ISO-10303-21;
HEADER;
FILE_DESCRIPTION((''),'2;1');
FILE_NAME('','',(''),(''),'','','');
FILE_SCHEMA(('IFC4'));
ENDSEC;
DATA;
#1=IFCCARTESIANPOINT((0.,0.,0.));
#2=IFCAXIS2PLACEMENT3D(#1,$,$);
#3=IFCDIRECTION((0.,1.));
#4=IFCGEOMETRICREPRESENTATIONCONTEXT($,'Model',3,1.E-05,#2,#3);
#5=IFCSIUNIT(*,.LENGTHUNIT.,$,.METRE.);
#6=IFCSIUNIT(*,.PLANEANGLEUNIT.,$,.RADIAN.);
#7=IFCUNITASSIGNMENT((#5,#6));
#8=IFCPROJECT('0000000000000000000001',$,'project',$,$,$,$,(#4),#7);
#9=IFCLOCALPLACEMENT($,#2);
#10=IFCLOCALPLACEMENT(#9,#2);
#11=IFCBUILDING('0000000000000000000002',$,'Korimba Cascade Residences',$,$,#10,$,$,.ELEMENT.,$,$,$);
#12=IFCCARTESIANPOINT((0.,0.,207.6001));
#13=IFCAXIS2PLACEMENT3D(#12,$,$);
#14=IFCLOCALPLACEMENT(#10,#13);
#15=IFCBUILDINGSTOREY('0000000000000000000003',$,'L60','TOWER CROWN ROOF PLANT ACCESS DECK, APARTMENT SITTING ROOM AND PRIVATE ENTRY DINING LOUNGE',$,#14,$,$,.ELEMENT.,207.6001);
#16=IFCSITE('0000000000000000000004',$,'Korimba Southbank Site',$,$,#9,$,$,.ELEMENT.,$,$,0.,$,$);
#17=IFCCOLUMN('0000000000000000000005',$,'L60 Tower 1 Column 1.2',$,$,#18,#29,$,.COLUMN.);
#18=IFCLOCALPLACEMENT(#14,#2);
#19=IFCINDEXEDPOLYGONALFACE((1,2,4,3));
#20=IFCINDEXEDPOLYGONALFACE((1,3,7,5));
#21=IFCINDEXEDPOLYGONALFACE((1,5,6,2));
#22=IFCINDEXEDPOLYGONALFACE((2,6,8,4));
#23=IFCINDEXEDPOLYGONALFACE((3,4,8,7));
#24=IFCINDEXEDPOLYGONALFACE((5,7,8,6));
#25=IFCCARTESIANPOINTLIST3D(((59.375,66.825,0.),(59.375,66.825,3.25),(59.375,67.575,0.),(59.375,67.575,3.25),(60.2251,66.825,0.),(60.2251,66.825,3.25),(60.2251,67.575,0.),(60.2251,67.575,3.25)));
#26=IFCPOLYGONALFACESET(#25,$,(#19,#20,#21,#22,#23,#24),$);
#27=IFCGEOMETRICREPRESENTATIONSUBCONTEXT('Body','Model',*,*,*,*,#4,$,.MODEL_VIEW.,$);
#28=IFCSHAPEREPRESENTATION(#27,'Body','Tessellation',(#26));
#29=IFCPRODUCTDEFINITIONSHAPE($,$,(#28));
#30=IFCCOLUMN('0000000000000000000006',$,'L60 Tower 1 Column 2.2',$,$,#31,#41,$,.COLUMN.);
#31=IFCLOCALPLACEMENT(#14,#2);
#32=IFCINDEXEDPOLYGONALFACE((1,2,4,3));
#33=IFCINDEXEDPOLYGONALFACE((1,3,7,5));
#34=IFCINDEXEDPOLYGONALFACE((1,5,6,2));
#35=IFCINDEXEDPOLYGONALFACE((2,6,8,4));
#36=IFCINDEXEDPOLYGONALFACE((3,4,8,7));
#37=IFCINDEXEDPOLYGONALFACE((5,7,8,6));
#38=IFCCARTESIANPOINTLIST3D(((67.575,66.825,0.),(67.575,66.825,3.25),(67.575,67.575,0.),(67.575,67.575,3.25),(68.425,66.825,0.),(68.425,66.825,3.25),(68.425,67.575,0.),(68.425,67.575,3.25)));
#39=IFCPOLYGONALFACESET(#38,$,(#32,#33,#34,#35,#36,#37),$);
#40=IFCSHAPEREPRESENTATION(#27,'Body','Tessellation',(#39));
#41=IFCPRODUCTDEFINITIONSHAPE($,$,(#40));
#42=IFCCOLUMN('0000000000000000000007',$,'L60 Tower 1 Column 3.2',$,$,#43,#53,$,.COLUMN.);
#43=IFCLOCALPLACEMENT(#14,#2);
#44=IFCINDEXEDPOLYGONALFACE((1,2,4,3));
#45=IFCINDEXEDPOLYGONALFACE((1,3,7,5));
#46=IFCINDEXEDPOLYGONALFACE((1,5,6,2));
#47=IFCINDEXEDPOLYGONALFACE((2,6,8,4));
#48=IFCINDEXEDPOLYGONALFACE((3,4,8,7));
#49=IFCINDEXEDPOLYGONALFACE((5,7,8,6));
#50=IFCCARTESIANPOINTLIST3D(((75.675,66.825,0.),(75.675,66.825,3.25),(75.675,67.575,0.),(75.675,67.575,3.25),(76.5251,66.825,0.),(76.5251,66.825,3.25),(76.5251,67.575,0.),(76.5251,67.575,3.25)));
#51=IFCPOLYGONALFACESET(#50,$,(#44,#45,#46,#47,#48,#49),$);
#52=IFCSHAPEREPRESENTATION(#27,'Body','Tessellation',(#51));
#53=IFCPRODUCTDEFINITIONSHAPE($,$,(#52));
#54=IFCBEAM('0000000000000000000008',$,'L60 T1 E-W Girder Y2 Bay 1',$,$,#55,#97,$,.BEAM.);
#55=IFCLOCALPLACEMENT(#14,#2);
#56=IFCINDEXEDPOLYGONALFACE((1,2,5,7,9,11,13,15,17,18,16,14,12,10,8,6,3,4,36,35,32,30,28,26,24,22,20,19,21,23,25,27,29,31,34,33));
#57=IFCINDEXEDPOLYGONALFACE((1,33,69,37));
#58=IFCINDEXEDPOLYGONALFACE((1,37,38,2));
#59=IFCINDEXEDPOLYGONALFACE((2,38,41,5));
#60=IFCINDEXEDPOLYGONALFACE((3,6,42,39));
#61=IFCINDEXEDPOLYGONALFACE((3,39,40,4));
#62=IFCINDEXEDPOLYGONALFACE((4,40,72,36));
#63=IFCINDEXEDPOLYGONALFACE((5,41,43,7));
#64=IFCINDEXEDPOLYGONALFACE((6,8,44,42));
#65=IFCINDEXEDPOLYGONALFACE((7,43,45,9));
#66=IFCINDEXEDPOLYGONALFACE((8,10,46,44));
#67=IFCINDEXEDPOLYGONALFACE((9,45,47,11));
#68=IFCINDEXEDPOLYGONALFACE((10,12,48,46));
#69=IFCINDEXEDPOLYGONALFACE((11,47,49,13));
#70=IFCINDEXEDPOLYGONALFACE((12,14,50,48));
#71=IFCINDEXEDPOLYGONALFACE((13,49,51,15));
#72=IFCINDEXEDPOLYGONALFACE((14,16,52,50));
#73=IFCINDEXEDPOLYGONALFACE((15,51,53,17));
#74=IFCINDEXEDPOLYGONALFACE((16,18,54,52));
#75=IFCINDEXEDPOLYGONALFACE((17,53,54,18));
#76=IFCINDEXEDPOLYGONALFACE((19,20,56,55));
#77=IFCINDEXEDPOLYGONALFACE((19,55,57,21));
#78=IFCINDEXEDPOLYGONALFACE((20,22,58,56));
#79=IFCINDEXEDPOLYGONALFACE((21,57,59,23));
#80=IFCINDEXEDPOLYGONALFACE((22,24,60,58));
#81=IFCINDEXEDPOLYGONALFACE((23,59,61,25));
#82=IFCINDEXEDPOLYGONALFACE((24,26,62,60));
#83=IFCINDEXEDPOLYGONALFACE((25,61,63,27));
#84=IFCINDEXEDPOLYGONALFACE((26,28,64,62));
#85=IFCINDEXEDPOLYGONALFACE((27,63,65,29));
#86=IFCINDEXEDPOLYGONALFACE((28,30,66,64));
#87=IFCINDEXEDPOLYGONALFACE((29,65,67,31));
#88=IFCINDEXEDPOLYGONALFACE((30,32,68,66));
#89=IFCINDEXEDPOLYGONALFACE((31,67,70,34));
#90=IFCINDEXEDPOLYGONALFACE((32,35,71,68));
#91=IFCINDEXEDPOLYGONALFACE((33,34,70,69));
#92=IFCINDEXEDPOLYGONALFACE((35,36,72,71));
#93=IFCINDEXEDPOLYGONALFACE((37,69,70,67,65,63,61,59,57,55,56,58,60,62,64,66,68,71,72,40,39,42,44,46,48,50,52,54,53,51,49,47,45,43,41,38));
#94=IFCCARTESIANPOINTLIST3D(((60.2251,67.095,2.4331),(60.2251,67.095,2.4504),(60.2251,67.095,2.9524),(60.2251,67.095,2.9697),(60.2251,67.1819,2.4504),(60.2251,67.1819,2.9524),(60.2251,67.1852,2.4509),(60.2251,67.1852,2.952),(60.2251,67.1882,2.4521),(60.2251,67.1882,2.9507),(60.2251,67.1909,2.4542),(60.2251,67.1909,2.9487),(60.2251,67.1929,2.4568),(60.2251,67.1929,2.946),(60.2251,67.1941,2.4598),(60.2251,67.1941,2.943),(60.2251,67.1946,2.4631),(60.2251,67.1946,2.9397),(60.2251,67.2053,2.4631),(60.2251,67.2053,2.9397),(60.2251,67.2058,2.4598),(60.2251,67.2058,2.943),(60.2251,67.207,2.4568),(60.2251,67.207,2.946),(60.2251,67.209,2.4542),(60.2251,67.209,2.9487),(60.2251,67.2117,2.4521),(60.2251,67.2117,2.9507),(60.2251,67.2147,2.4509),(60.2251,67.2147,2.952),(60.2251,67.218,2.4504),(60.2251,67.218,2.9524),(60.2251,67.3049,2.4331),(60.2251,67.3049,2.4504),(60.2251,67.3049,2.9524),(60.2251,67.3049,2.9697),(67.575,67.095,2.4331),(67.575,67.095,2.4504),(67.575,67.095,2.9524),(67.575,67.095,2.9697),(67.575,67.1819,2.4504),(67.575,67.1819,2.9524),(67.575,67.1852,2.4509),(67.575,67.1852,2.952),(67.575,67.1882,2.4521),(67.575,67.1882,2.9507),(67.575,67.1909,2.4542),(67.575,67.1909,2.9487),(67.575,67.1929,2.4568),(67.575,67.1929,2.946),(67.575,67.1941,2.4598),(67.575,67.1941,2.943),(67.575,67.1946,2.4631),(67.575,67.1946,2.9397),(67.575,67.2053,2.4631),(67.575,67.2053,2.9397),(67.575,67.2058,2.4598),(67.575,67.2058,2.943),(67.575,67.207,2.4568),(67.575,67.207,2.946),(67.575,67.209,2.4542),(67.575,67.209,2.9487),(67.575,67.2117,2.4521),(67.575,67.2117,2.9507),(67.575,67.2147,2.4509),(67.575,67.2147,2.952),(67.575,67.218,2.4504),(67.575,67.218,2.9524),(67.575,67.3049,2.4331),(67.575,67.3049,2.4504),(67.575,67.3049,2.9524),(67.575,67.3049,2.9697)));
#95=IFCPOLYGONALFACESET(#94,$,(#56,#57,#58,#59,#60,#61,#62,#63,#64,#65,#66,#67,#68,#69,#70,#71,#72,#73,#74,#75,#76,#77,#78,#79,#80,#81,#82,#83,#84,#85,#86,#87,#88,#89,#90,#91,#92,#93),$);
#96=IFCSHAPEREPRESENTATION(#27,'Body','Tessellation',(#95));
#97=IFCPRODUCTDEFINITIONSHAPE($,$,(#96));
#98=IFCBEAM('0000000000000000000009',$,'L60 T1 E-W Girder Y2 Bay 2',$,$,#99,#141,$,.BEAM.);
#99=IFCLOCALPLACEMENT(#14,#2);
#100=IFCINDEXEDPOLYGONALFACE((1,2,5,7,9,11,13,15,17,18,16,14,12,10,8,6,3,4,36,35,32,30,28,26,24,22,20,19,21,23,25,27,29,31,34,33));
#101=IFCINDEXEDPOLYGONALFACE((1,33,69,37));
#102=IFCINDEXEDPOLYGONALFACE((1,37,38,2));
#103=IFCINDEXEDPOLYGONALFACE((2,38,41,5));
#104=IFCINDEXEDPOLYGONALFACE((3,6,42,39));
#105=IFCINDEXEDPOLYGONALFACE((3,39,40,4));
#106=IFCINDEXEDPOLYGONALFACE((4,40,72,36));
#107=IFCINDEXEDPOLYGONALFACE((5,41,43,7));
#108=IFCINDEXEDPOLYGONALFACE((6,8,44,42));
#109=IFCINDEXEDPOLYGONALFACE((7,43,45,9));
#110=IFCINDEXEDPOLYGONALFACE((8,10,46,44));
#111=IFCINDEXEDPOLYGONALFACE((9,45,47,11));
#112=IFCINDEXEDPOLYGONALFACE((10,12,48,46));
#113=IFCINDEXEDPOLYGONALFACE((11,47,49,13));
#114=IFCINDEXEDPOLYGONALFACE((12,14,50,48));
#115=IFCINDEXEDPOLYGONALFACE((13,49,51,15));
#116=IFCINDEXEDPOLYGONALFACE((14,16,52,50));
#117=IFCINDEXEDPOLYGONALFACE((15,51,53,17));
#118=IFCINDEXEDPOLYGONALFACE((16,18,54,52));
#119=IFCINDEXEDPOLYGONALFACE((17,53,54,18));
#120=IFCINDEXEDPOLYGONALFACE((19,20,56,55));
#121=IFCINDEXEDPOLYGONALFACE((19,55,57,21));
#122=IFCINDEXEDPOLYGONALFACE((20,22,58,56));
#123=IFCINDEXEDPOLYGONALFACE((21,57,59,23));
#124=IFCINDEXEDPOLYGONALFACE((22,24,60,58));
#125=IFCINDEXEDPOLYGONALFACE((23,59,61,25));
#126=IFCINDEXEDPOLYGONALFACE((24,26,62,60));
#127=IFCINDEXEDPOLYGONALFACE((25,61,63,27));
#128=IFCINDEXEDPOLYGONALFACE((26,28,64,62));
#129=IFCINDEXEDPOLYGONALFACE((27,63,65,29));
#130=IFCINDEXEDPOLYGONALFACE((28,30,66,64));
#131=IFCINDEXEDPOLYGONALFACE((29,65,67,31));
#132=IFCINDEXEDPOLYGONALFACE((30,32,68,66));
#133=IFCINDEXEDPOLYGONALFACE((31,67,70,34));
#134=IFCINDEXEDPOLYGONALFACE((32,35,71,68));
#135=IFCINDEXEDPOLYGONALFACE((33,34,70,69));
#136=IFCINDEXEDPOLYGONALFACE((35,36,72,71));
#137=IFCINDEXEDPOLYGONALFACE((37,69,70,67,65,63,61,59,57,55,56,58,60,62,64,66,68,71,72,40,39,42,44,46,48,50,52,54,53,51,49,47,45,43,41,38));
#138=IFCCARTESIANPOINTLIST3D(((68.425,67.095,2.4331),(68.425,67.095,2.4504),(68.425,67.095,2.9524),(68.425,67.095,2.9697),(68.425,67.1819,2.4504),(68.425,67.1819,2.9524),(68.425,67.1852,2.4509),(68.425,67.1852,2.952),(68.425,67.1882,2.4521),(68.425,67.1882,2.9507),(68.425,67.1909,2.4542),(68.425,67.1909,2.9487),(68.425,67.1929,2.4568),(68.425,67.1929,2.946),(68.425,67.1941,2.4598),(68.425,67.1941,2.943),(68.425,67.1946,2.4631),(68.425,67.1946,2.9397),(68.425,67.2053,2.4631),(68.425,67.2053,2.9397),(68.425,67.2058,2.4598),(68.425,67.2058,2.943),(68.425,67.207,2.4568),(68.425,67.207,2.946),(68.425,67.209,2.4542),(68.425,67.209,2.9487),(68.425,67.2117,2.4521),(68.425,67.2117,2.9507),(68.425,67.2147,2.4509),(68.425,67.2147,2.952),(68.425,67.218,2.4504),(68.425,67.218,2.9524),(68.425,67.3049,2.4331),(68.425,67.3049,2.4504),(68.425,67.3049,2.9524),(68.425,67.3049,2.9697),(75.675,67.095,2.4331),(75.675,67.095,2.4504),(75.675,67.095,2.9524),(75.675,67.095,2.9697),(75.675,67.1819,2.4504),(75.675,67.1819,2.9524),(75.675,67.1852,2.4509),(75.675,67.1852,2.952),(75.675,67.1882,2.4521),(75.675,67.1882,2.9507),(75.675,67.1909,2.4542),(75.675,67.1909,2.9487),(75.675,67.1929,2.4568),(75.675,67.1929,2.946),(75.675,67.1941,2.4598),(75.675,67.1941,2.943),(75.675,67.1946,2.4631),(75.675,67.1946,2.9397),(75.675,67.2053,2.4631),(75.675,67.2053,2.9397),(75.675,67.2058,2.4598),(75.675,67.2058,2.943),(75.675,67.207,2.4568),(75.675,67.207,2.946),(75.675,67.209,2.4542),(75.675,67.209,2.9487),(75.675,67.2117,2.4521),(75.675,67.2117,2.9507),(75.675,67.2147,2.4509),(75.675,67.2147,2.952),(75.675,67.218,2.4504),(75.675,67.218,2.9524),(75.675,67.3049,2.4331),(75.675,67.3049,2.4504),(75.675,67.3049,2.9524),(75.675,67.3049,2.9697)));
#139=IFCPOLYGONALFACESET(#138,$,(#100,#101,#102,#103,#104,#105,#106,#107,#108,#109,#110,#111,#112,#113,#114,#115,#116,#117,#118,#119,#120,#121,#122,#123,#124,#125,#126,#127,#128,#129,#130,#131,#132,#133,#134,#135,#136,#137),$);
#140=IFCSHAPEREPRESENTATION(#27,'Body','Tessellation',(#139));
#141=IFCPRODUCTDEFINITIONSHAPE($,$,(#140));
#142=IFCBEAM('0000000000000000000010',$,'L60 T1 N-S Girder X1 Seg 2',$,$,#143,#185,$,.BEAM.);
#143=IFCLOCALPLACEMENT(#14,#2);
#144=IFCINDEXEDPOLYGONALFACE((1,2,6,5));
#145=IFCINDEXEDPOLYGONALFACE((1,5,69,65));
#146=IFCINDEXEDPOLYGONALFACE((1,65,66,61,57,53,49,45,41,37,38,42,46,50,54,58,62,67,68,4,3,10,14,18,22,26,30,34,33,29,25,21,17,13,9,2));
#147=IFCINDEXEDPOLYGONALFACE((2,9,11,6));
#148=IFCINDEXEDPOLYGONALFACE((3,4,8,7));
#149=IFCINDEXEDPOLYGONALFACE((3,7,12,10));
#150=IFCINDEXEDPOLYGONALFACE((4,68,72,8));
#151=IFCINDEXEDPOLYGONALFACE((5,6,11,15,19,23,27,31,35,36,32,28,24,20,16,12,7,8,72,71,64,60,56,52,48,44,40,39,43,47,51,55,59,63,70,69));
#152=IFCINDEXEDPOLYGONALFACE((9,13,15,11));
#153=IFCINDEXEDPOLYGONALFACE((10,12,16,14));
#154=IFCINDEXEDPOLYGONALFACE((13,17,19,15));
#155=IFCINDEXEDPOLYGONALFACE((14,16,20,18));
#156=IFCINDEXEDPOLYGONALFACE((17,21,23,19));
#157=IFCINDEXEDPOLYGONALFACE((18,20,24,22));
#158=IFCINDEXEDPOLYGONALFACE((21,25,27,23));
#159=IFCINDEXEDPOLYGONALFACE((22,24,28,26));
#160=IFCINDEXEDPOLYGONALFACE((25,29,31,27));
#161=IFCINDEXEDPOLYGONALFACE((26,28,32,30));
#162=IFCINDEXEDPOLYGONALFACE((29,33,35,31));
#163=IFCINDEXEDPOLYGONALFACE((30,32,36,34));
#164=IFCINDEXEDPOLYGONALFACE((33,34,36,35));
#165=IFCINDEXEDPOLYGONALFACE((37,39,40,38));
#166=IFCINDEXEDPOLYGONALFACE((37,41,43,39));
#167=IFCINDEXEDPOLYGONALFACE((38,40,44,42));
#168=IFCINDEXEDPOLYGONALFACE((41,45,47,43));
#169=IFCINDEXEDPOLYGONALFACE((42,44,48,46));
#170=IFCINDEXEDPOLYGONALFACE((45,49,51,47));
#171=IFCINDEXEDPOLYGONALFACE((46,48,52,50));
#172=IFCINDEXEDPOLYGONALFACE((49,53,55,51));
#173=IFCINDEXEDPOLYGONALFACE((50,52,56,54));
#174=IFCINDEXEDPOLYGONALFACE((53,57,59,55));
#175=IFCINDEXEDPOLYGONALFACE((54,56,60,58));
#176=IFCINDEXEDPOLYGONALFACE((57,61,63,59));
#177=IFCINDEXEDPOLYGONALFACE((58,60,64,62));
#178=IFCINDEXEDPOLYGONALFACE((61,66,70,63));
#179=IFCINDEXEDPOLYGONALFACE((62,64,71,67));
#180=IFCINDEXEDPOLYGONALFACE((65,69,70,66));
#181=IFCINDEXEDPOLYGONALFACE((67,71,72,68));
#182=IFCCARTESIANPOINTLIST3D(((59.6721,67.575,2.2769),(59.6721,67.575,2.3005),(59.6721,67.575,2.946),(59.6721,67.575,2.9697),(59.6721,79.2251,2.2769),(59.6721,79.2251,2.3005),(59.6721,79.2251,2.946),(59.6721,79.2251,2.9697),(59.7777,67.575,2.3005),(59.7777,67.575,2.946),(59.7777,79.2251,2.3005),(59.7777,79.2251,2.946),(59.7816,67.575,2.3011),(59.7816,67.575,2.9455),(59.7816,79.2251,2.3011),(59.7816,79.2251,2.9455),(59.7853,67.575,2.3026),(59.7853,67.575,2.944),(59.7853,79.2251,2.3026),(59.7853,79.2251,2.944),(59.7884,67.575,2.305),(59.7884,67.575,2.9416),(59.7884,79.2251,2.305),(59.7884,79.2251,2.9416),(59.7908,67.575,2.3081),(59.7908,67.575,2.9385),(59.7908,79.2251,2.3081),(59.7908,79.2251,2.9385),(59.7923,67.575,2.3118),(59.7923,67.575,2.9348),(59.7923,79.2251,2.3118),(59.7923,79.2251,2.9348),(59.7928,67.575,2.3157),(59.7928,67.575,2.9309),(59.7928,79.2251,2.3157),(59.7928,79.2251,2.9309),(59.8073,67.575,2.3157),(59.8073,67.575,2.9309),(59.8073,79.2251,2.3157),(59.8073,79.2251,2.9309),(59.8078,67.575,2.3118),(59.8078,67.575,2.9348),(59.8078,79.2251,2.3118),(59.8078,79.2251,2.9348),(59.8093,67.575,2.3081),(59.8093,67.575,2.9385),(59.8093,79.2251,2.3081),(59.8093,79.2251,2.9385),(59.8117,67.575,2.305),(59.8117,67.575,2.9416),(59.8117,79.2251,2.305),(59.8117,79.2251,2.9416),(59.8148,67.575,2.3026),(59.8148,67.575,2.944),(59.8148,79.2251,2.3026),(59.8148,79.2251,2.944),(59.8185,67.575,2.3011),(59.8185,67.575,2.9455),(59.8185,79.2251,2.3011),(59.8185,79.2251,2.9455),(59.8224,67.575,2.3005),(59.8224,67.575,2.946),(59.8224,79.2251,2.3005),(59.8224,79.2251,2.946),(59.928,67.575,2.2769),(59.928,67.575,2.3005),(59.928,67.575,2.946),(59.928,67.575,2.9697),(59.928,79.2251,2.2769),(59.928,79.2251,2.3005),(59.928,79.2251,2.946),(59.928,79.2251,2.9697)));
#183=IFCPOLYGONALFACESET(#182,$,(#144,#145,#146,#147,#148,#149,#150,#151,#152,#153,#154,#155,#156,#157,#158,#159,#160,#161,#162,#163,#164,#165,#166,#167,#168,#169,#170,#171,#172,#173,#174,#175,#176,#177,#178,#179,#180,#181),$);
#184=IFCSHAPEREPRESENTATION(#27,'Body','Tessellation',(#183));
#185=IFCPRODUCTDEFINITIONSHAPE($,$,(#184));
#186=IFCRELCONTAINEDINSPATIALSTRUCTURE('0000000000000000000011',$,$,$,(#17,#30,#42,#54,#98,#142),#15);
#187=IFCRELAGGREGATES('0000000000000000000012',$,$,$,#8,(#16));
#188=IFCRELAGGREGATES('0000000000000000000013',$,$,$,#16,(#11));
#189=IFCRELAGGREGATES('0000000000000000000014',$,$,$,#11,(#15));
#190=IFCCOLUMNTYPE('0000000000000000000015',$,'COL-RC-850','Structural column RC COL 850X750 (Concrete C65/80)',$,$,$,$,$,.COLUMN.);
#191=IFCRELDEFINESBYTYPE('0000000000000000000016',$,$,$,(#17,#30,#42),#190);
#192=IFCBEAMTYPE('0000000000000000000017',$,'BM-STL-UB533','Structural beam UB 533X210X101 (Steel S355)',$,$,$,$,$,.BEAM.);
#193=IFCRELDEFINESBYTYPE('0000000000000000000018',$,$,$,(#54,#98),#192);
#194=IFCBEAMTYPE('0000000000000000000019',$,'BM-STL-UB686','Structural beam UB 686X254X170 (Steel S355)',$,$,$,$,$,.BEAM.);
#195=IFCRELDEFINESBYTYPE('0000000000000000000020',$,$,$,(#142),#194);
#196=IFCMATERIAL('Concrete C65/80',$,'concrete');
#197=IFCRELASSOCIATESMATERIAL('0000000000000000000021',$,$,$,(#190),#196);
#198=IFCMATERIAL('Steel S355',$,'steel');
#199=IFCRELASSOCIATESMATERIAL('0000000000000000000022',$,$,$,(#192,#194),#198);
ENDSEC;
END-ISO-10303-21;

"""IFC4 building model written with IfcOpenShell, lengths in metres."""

from ifc_helpers import new_model, si_unit, direction, frame, origin, origin_2d, place, context, subcontext, project, spatial, rectangle, i_section, extrude, material, material_profile, profile_set, type_object, element, save


model = new_model("IFC4")

# Units and contexts
model_context = context("Model", 3, precision=1e-05, world=origin(), true_north=direction((0.0, 1.0)))
body_context = subcontext(model_context, "Body", "Model", "MODEL_VIEW")
ifc_project = project(units=[si_unit("LENGTHUNIT", "METRE"), si_unit("PLANEANGLEUNIT", "RADIAN")], contexts=[model_context])

# Site, building, storey
site_placement = place(None, origin())
site = spatial("IfcSite", under=ifc_project, at=site_placement, Name="Korimba Southbank Site", CompositionType="ELEMENT", RefElevation=0.0)
building_placement = place(site_placement, origin())
building = spatial("IfcBuilding", under=site, at=building_placement, Name="Korimba Cascade Residences", CompositionType="ELEMENT")
storey_placement = place(building_placement, frame((0.0, 0.0, 207.6001)))
storey = spatial("IfcBuildingStorey", under=building, at=storey_placement, Name="L60", Description="TOWER CROWN ROOF PLANT ACCESS DECK, APARTMENT SITTING ROOM AND PRIVATE ENTRY DINING LOUNGE", CompositionType="ELEMENT", Elevation=207.6001)

# Columns
ifc_material_1 = material(Name="Concrete C65/80", Category="concrete")
ifc_material_profile_1 = material_profile(ifc_material_1, rectangle(XDim=0.8501, YDim=0.75, at=origin_2d()), Name="Concrete C65/80")
ifc_profile_set_1 = profile_set([ifc_material_profile_1], Name="Concrete C65/80")
column_type = type_object("IfcColumnType", Name="COL-RC-850", Description="Structural column RC COL 850X750 (Concrete C65/80)", PredefinedType="COLUMN", material=ifc_profile_set_1)
for number, where, z_axis, x_axis, name in (
    (1, (59.8, 67.2, 0.0), (0.0, 0.0, 1.0), (1.0, 0.0, 0.0), "L60 Tower 1 Column 1.2"),
    (2, (68.0, 67.2, 0.0), (0.0, 0.0, 1.0), (1.0, 0.0, 0.0), "L60 Tower 1 Column 2.2"),
    (3, (76.1001, 67.2, 0.0), (0.0, 0.0, 1.0), (1.0, 0.0, 0.0), "L60 Tower 1 Column 3.2"),
):
    element("IfcColumn", number, at=place(storey_placement, frame(where, z_axis=z_axis, x_axis=x_axis)), inside=storey, type_object=column_type, Name=name, PredefinedType="COLUMN", context=body_context, shape_type="SweptSolid", body=[
        extrude(rectangle(XDim=0.8501, YDim=0.75, at=origin_2d()), origin(), (0.0, 0.0, 1.0), 3.25),
    ])

# Beams
ifc_material_2 = material(Name="Steel S355", Category="steel")
ifc_material_profile_2 = material_profile(ifc_material_2, i_section(OverallWidth=0.21, OverallDepth=0.5366, WebThickness=0.0107, FlangeThickness=0.0173, FilletRadius=0.0127, at=origin_2d()), Name="Steel S355")
ifc_profile_set_2 = profile_set([ifc_material_profile_2], Name="Steel S355")
beam_type_1 = type_object("IfcBeamType", Name="BM-STL-UB533", Description="Structural beam UB 533X210X101 (Steel S355)", PredefinedType="BEAM", material=ifc_profile_set_2)
beam_1_placement = place(storey_placement, frame((60.2251, 67.2, 2.7014), z_axis=(1.0, 0.0, 0.0), x_axis=(0.0, 1.0, 0.0)))
element("IfcBeam", 4, at=beam_1_placement, inside=storey, type_object=beam_type_1, Name="L60 T1 E-W Girder Y2 Bay 1", PredefinedType="BEAM", context=body_context, shape_type="SweptSolid", body=[
    extrude(i_section(OverallWidth=0.21, OverallDepth=0.5366, WebThickness=0.0107, FlangeThickness=0.0173, FilletRadius=0.0127, at=origin_2d()), origin(), (0.0, 0.0, 1.0), 7.3499),
])
beam_2_placement = place(storey_placement, frame((68.425, 67.2, 2.7014), z_axis=(1.0, 0.0, 0.0), x_axis=(0.0, 1.0, 0.0)))
element("IfcBeam", 5, at=beam_2_placement, inside=storey, type_object=beam_type_1, Name="L60 T1 E-W Girder Y2 Bay 2", PredefinedType="BEAM", context=body_context, shape_type="SweptSolid", body=[
    extrude(i_section(OverallWidth=0.21, OverallDepth=0.5366, WebThickness=0.0107, FlangeThickness=0.0173, FilletRadius=0.0127, at=origin_2d()), origin(), (0.0, 0.0, 1.0), 7.25),
])
ifc_material_profile_3 = material_profile(ifc_material_2, i_section(OverallWidth=0.2559, OverallDepth=0.6929, WebThickness=0.0144, FlangeThickness=0.0237, FilletRadius=0.0151, at=origin_2d()), Name="Steel S355")
ifc_profile_set_3 = profile_set([ifc_material_profile_3], Name="Steel S355")
beam_type_2 = type_object("IfcBeamType", Name="BM-STL-UB686", Description="Structural beam UB 686X254X170 (Steel S355)", PredefinedType="BEAM", material=ifc_profile_set_3)
beam_3_placement = place(storey_placement, frame((59.8, 67.575, 2.6233), z_axis=(0.0, 1.0, 0.0), x_axis=(-1.0, 0.0, 0.0)))
element("IfcBeam", 6, at=beam_3_placement, inside=storey, type_object=beam_type_2, Name="L60 T1 N-S Girder X1 Seg 2", PredefinedType="BEAM", context=body_context, shape_type="SweptSolid", body=[
    extrude(i_section(OverallWidth=0.2559, OverallDepth=0.6929, WebThickness=0.0144, FlangeThickness=0.0237, FilletRadius=0.0151, at=origin_2d()), origin(), (0.0, 0.0, 1.0), 11.6501),
])

save(model, "model.ifc")
